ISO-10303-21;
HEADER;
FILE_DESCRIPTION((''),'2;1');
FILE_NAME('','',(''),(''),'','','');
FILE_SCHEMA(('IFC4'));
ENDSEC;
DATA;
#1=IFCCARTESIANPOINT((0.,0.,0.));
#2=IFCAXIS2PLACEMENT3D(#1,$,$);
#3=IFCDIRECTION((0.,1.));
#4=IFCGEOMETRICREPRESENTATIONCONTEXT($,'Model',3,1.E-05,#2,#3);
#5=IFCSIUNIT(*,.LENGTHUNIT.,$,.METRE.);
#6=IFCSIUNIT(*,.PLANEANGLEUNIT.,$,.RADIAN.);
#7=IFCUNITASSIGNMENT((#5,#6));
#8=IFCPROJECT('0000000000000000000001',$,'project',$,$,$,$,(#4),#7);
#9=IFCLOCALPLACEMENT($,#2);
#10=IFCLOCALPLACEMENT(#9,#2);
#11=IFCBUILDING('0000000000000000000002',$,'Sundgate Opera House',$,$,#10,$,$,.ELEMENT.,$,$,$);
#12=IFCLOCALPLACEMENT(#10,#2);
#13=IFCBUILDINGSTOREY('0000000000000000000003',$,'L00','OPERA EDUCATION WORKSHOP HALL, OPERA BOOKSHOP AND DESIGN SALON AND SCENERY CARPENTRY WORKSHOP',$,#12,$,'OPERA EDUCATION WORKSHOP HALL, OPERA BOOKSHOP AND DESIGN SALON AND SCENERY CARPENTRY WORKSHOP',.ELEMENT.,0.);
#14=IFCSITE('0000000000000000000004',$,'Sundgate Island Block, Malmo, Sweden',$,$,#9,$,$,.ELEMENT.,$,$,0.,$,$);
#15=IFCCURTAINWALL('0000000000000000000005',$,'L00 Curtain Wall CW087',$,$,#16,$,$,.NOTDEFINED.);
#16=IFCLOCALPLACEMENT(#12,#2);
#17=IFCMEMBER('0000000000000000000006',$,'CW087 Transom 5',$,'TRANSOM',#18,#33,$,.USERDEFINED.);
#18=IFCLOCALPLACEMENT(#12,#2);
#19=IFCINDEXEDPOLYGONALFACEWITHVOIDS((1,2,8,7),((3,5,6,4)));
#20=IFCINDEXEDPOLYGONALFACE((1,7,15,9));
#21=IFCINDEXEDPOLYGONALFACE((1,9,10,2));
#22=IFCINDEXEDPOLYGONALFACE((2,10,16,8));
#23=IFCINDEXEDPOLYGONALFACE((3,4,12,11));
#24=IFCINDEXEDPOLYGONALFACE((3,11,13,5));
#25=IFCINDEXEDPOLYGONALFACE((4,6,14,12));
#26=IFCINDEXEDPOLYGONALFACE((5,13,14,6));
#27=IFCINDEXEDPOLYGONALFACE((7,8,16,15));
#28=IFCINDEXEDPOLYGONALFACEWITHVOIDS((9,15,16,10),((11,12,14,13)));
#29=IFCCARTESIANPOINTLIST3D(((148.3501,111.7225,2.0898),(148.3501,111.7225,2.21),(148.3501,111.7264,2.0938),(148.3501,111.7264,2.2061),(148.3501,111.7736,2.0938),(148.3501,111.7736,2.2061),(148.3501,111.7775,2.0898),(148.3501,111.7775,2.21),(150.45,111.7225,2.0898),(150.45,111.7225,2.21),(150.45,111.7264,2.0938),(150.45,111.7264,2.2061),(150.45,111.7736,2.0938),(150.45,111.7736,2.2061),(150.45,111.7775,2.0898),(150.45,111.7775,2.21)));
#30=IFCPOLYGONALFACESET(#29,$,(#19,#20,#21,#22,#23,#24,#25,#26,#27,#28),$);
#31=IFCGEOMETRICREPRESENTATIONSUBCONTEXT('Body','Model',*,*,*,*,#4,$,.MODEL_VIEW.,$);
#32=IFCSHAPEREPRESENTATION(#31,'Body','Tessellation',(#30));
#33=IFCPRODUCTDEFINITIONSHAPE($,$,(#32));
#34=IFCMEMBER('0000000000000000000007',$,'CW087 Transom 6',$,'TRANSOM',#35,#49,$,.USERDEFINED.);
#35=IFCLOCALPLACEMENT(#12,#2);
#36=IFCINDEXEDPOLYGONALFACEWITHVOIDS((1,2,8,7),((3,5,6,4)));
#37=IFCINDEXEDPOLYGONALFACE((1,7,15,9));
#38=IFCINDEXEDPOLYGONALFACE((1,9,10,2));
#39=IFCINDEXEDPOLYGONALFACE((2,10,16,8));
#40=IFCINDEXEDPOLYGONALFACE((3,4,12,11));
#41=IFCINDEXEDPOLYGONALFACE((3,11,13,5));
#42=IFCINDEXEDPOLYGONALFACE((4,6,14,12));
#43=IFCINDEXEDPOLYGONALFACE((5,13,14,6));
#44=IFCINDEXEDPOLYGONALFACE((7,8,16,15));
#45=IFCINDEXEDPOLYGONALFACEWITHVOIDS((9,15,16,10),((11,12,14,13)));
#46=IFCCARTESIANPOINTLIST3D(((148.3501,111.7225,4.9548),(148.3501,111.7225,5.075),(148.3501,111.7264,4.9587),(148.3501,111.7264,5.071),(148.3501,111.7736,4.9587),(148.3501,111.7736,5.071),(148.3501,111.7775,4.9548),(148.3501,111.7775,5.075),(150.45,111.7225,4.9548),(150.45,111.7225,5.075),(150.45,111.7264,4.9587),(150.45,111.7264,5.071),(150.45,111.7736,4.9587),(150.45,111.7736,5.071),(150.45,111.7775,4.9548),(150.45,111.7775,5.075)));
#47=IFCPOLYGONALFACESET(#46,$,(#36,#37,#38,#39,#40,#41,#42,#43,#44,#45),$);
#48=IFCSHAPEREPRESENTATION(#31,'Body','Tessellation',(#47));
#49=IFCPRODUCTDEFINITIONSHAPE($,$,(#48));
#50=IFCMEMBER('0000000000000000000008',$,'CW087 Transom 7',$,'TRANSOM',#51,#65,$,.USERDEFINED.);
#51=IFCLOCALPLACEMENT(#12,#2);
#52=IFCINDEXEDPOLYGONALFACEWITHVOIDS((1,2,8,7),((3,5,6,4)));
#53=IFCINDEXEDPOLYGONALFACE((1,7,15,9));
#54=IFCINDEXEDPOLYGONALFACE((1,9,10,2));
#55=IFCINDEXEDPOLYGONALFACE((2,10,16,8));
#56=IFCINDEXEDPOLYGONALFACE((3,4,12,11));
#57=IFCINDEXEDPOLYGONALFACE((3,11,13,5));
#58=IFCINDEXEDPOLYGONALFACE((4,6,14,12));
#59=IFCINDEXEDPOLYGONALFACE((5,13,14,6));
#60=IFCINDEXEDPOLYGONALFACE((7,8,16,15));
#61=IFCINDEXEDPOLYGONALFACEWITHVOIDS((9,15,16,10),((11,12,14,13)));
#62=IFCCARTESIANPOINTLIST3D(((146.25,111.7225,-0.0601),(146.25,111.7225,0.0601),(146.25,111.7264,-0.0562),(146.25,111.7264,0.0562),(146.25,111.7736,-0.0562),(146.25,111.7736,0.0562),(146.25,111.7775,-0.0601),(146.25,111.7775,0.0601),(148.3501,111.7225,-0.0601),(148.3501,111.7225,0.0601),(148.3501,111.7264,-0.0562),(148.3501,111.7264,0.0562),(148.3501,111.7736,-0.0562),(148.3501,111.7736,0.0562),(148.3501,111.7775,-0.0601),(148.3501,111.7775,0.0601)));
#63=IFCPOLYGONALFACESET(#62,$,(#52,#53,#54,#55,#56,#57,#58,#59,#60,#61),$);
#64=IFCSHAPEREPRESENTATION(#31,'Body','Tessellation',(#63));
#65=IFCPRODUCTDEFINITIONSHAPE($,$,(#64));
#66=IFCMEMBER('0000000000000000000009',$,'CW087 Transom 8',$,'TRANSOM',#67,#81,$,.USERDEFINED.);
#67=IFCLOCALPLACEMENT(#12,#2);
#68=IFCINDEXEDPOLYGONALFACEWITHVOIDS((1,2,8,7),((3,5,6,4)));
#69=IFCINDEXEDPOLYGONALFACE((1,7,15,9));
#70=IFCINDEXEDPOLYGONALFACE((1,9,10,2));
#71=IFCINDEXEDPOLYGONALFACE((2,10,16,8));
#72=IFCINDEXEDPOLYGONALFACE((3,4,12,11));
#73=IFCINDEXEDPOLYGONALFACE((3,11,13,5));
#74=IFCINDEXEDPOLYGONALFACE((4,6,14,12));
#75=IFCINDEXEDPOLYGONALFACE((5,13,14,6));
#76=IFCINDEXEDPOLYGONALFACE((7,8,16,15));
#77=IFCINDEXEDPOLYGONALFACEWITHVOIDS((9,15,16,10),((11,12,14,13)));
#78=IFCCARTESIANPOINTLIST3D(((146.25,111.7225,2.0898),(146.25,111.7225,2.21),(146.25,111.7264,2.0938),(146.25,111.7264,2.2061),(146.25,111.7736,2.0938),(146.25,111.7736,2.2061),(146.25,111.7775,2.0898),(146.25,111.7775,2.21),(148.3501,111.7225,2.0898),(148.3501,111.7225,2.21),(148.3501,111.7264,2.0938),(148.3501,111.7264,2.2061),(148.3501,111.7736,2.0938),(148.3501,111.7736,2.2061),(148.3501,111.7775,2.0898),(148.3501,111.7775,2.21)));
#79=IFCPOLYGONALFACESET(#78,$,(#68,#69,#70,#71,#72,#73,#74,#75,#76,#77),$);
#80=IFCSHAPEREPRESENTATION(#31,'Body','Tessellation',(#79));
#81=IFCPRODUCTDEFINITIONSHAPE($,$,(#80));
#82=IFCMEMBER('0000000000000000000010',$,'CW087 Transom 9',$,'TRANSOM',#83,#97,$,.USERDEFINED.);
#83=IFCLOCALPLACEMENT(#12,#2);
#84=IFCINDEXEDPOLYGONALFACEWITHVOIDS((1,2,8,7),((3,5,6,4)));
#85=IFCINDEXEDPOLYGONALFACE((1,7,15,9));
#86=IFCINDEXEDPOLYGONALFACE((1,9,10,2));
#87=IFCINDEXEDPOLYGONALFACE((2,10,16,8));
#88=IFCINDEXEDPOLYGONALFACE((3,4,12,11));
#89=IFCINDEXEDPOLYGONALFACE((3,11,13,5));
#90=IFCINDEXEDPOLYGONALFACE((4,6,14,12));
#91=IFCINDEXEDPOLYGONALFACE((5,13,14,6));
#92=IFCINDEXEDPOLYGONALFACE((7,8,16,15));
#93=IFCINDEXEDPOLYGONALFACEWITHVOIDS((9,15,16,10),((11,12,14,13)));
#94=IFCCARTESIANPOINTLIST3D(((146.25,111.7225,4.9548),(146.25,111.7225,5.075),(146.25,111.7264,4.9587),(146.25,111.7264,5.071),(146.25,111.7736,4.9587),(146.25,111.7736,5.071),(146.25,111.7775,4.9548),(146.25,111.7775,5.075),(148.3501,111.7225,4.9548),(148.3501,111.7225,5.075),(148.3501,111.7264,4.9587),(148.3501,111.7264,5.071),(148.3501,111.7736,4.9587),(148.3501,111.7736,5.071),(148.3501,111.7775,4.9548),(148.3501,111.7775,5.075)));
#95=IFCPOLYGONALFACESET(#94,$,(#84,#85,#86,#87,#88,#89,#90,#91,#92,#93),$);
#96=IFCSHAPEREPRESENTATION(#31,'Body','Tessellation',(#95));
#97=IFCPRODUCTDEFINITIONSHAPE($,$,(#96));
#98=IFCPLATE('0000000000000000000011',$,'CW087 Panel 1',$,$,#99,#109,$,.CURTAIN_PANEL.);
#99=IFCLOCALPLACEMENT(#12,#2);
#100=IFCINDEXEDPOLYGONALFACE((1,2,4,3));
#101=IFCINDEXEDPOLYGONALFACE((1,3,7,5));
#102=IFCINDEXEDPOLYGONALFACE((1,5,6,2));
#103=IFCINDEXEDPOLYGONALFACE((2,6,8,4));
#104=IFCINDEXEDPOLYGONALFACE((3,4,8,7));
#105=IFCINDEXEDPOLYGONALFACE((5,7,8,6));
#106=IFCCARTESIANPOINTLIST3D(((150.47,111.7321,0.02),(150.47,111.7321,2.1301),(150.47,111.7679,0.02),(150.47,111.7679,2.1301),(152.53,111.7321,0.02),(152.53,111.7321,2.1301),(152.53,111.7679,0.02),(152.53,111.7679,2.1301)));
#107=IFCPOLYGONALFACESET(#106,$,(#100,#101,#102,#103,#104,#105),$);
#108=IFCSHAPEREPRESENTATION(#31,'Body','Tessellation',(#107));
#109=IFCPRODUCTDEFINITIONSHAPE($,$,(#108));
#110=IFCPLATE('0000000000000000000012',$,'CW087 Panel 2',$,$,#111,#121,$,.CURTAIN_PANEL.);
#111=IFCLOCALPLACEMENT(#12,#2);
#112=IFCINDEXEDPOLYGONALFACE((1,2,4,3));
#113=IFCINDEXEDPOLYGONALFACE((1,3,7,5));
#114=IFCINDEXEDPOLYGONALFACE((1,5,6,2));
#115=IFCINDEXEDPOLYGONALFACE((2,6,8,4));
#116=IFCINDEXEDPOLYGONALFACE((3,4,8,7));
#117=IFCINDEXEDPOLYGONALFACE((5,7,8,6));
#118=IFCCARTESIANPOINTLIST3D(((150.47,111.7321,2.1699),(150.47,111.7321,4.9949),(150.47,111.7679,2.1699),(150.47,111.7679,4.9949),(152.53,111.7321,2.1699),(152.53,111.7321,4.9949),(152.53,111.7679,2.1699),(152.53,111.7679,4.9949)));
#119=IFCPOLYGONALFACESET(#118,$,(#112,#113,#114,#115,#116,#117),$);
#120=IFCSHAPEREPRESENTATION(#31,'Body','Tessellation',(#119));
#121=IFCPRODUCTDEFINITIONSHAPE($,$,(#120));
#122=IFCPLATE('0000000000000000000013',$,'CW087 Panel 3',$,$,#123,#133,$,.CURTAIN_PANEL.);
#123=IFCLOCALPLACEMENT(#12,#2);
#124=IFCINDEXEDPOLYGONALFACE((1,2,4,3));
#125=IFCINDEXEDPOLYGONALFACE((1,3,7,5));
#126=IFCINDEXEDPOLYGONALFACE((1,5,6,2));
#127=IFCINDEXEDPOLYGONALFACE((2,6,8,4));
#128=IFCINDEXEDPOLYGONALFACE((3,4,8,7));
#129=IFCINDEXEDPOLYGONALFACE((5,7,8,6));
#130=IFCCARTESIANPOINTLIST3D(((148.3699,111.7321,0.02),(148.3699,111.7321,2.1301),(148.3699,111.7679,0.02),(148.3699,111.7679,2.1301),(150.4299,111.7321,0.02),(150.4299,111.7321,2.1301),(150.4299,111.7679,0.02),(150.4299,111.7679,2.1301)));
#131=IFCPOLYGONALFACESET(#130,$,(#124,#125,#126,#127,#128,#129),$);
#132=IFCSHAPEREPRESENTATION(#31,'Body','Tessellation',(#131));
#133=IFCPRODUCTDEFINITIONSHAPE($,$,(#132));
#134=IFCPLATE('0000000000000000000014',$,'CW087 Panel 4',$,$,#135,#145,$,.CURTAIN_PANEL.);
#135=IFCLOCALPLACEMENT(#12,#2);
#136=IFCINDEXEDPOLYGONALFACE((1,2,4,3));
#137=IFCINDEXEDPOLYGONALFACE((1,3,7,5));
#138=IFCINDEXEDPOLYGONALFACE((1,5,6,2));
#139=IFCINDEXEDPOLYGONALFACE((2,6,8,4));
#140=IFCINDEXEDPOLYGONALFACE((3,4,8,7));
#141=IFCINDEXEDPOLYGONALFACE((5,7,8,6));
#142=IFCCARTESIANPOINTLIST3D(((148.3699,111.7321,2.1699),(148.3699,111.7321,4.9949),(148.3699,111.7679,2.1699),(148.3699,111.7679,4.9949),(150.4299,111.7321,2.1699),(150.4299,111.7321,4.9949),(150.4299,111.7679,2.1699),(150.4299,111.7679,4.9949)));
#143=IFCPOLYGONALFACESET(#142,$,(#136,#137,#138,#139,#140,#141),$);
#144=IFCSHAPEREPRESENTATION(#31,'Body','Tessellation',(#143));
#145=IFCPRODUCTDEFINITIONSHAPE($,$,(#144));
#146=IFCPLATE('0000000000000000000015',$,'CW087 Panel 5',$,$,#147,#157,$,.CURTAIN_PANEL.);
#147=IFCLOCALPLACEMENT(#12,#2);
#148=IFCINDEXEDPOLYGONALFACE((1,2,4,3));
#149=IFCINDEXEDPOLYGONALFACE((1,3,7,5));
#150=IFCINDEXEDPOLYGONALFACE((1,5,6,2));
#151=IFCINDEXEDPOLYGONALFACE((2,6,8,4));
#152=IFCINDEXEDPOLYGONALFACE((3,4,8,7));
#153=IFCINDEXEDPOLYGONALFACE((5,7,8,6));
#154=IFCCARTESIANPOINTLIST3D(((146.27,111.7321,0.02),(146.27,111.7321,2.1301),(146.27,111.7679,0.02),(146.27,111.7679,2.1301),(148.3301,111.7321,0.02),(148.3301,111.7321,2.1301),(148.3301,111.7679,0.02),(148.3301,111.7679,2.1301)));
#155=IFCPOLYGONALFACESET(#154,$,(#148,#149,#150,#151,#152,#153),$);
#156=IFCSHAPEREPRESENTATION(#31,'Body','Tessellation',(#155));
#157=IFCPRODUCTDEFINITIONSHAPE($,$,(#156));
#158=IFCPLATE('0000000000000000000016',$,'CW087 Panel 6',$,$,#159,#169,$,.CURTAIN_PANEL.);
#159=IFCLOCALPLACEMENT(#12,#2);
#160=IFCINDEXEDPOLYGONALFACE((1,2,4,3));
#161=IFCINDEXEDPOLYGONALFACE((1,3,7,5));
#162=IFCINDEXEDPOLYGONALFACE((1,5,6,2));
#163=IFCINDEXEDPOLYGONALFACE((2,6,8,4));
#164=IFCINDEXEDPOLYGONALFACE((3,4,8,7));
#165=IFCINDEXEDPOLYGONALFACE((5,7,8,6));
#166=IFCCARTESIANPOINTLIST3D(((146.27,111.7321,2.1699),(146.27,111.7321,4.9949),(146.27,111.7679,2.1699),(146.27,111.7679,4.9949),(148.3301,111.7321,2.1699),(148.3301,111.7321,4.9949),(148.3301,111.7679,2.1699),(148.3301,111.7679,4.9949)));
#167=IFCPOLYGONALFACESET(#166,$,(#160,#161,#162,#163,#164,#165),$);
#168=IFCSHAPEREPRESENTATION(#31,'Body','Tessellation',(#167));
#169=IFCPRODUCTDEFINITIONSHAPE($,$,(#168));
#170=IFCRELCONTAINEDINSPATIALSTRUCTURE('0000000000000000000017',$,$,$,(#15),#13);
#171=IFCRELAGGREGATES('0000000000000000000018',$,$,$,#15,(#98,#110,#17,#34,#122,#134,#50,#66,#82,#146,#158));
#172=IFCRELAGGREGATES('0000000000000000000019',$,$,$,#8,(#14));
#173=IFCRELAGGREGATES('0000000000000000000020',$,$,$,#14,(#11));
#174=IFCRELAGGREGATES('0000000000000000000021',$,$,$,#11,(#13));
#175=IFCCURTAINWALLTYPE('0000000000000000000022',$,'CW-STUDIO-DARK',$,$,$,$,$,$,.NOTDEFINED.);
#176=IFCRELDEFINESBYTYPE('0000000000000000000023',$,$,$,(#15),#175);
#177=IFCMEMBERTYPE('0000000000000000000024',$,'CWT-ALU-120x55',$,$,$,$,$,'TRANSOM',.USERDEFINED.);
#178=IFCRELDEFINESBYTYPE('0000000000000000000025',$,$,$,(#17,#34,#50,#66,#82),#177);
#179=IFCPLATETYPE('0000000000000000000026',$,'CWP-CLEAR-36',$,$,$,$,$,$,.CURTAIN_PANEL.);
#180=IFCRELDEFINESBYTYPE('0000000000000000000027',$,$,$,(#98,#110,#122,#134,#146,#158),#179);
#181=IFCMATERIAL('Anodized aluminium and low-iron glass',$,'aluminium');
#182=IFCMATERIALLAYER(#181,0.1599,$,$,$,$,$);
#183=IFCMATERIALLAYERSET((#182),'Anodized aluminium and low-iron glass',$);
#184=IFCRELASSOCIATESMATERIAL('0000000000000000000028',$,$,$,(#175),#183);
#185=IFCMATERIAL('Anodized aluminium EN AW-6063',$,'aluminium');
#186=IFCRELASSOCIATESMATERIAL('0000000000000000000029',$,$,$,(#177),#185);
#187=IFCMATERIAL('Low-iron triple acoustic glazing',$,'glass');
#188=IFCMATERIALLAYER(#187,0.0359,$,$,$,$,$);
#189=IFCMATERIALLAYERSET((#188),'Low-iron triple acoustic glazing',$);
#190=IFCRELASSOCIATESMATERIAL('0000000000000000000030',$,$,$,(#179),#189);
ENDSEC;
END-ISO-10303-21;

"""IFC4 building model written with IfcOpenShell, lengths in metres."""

from ifc_helpers import new_model, si_unit, direction, frame, origin, origin_2d, place, context, subcontext, project, spatial, rectangle, hollow_rectangle, extrude, material, layer, layer_set, material_profile, profile_set, type_object, element, aggregate, save


model = new_model("IFC4")

# Units and contexts
model_context = context("Model", 3, precision=1e-05, world=origin(), true_north=direction((0.0, 1.0)))
body_context = subcontext(model_context, "Body", "Model", "MODEL_VIEW")
ifc_project = project(units=[si_unit("LENGTHUNIT", "METRE"), si_unit("PLANEANGLEUNIT", "RADIAN")], contexts=[model_context])

# Site, building, storey
site_placement = place(None, origin())
site = spatial("IfcSite", under=ifc_project, at=site_placement, Name="Sundgate Island Block, Malmo, Sweden", CompositionType="ELEMENT", RefElevation=0.0)
building_placement = place(site_placement, origin())
building = spatial("IfcBuilding", under=site, at=building_placement, Name="Sundgate Opera House", CompositionType="ELEMENT")
storey_placement = place(building_placement, origin())
storey = spatial("IfcBuildingStorey", under=building, at=storey_placement, Name="L00", Description="OPERA EDUCATION WORKSHOP HALL, OPERA BOOKSHOP AND DESIGN SALON AND SCENERY CARPENTRY WORKSHOP", LongName="OPERA EDUCATION WORKSHOP HALL, OPERA BOOKSHOP AND DESIGN SALON AND SCENERY CARPENTRY WORKSHOP", CompositionType="ELEMENT", Elevation=0.0)

# Curtain wall, members, plates
ifc_material_1 = material(Name="Anodized aluminium and low-iron glass", Category="aluminium")
ifc_layer_1 = layer(ifc_material_1, 0.1599)
ifc_layer_set_1 = layer_set([ifc_layer_1], Name="Anodized aluminium and low-iron glass")
curtain_wall_type = type_object("IfcCurtainWallType", Name="CW-STUDIO-DARK", PredefinedType="NOTDEFINED", material=ifc_layer_set_1)
curtain_wall_placement = place(storey_placement, origin())
curtain_wall = element("IfcCurtainWall", 1, at=curtain_wall_placement, inside=storey, type_object=curtain_wall_type, Name="L00 Curtain Wall CW087", PredefinedType="NOTDEFINED")
ifc_material_2 = material(Name="Anodized aluminium EN AW-6063", Category="aluminium")
ifc_material_profile_1 = material_profile(ifc_material_2, hollow_rectangle(XDim=0.0549, YDim=0.1201, WallThickness=0.0039, at=origin_2d()), Name="CWT 120x55x4")
ifc_profile_set_1 = profile_set([ifc_material_profile_1], Name="Anodized aluminium EN AW-6063")
member_type_1 = type_object("IfcMemberType", Name="CWT-ALU-120x55", ElementType="TRANSOM", PredefinedType="USERDEFINED", material=ifc_profile_set_1)
member_1_placement = place(storey_placement, frame((150.45, 111.75, 2.1499), z_axis=(-1.0, 0.0, 0.0), x_axis=(0.0, -1.0, 0.0)))
member_1 = element("IfcMember", 2, at=member_1_placement, type_object=member_type_1, Name="CW087 Transom 5", ObjectType="TRANSOM", PredefinedType="USERDEFINED", context=body_context, shape_type="SweptSolid", body=[
    extrude(hollow_rectangle(XDim=0.0549, YDim=0.1201, WallThickness=0.0039, at=origin_2d()), origin(), (0.0, 0.0, 1.0), 2.0999),
])
member_2_placement = place(storey_placement, frame((150.45, 111.75, 5.0149), z_axis=(-1.0, 0.0, 0.0), x_axis=(0.0, -1.0, 0.0)))
member_2 = element("IfcMember", 3, at=member_2_placement, type_object=member_type_1, Name="CW087 Transom 6", ObjectType="TRANSOM", PredefinedType="USERDEFINED", context=body_context, shape_type="SweptSolid", body=[
    extrude(hollow_rectangle(XDim=0.0549, YDim=0.1201, WallThickness=0.0039, at=origin_2d()), origin(), (0.0, 0.0, 1.0), 2.0999),
])
member_3_placement = place(storey_placement, frame((148.3501, 111.75, 0.0), z_axis=(-1.0, 0.0, 0.0), x_axis=(0.0, -1.0, 0.0)))
member_3 = element("IfcMember", 4, at=member_3_placement, type_object=member_type_1, Name="CW087 Transom 7", ObjectType="TRANSOM", PredefinedType="USERDEFINED", context=body_context, shape_type="SweptSolid", body=[
    extrude(hollow_rectangle(XDim=0.0549, YDim=0.1201, WallThickness=0.0039, at=origin_2d()), origin(), (0.0, 0.0, 1.0), 2.1001),
])
member_4_placement = place(storey_placement, frame((148.3501, 111.75, 2.1499), z_axis=(-1.0, 0.0, 0.0), x_axis=(0.0, -1.0, 0.0)))
member_4 = element("IfcMember", 5, at=member_4_placement, type_object=member_type_1, Name="CW087 Transom 8", ObjectType="TRANSOM", PredefinedType="USERDEFINED", context=body_context, shape_type="SweptSolid", body=[
    extrude(hollow_rectangle(XDim=0.0549, YDim=0.1201, WallThickness=0.0039, at=origin_2d()), origin(), (0.0, 0.0, 1.0), 2.1001),
])
member_5_placement = place(storey_placement, frame((148.3501, 111.75, 5.0149), z_axis=(-1.0, 0.0, 0.0), x_axis=(0.0, -1.0, 0.0)))
member_5 = element("IfcMember", 6, at=member_5_placement, type_object=member_type_1, Name="CW087 Transom 9", ObjectType="TRANSOM", PredefinedType="USERDEFINED", context=body_context, shape_type="SweptSolid", body=[
    extrude(hollow_rectangle(XDim=0.0549, YDim=0.1201, WallThickness=0.0039, at=origin_2d()), origin(), (0.0, 0.0, 1.0), 2.1001),
])
ifc_material_3 = material(Name="Low-iron triple acoustic glazing", Category="glass")
ifc_layer_2 = layer(ifc_material_3, 0.0359)
ifc_layer_set_2 = layer_set([ifc_layer_2], Name="Low-iron triple acoustic glazing")
plate_type = type_object("IfcPlateType", Name="CWP-CLEAR-36", PredefinedType="CURTAIN_PANEL", material=ifc_layer_set_2)
plate_1_placement = place(storey_placement, frame((151.5, 111.75, 0.02), z_axis=(0.0, 0.0, 1.0), x_axis=(-1.0, 0.0, 0.0)))
plate_1 = element("IfcPlate", 7, at=plate_1_placement, type_object=plate_type, Name="CW087 Panel 1", PredefinedType="CURTAIN_PANEL", context=body_context, shape_type="SweptSolid", body=[
    extrude(rectangle(XDim=2.0601, YDim=0.0359, at=origin_2d()), origin(), (0.0, 0.0, 1.0), 2.1101),
])
plate_2_placement = place(storey_placement, frame((151.5, 111.75, 2.1699), z_axis=(0.0, 0.0, 1.0), x_axis=(-1.0, 0.0, 0.0)))
plate_2 = element("IfcPlate", 8, at=plate_2_placement, type_object=plate_type, Name="CW087 Panel 2", PredefinedType="CURTAIN_PANEL", context=body_context, shape_type="SweptSolid", body=[
    extrude(rectangle(XDim=2.0601, YDim=0.0359, at=origin_2d()), origin(), (0.0, 0.0, 1.0), 2.825),
])
plate_3_placement = place(storey_placement, frame((149.3999, 111.75, 0.02), z_axis=(0.0, 0.0, 1.0), x_axis=(-1.0, 0.0, 0.0)))
plate_3 = element("IfcPlate", 9, at=plate_3_placement, type_object=plate_type, Name="CW087 Panel 3", PredefinedType="CURTAIN_PANEL", context=body_context, shape_type="SweptSolid", body=[
    extrude(rectangle(XDim=2.0601, YDim=0.0359, at=origin_2d()), origin(), (0.0, 0.0, 1.0), 2.1101),
])
plate_4_placement = place(storey_placement, frame((149.3999, 111.75, 2.1699), z_axis=(0.0, 0.0, 1.0), x_axis=(-1.0, 0.0, 0.0)))
plate_4 = element("IfcPlate", 10, at=plate_4_placement, type_object=plate_type, Name="CW087 Panel 4", PredefinedType="CURTAIN_PANEL", context=body_context, shape_type="SweptSolid", body=[
    extrude(rectangle(XDim=2.0601, YDim=0.0359, at=origin_2d()), origin(), (0.0, 0.0, 1.0), 2.825),
])
plate_5_placement = place(storey_placement, frame((147.3, 111.75, 0.02), z_axis=(0.0, 0.0, 1.0), x_axis=(-1.0, 0.0, 0.0)))
plate_5 = element("IfcPlate", 11, at=plate_5_placement, type_object=plate_type, Name="CW087 Panel 5", PredefinedType="CURTAIN_PANEL", context=body_context, shape_type="SweptSolid", body=[
    extrude(rectangle(XDim=2.0601, YDim=0.0359, at=origin_2d()), origin(), (0.0, 0.0, 1.0), 2.1101),
])
plate_6_placement = place(storey_placement, frame((147.3, 111.75, 2.1699), z_axis=(0.0, 0.0, 1.0), x_axis=(-1.0, 0.0, 0.0)))
plate_6 = element("IfcPlate", 12, at=plate_6_placement, type_object=plate_type, Name="CW087 Panel 6", PredefinedType="CURTAIN_PANEL", context=body_context, shape_type="SweptSolid", body=[
    extrude(rectangle(XDim=2.0601, YDim=0.0359, at=origin_2d()), origin(), (0.0, 0.0, 1.0), 2.825),
])
aggregate(curtain_wall, [plate_1, plate_2, member_1, member_2, plate_3, plate_4, member_3, member_4, member_5, plate_5, plate_6])

save(model, "model.ifc")
